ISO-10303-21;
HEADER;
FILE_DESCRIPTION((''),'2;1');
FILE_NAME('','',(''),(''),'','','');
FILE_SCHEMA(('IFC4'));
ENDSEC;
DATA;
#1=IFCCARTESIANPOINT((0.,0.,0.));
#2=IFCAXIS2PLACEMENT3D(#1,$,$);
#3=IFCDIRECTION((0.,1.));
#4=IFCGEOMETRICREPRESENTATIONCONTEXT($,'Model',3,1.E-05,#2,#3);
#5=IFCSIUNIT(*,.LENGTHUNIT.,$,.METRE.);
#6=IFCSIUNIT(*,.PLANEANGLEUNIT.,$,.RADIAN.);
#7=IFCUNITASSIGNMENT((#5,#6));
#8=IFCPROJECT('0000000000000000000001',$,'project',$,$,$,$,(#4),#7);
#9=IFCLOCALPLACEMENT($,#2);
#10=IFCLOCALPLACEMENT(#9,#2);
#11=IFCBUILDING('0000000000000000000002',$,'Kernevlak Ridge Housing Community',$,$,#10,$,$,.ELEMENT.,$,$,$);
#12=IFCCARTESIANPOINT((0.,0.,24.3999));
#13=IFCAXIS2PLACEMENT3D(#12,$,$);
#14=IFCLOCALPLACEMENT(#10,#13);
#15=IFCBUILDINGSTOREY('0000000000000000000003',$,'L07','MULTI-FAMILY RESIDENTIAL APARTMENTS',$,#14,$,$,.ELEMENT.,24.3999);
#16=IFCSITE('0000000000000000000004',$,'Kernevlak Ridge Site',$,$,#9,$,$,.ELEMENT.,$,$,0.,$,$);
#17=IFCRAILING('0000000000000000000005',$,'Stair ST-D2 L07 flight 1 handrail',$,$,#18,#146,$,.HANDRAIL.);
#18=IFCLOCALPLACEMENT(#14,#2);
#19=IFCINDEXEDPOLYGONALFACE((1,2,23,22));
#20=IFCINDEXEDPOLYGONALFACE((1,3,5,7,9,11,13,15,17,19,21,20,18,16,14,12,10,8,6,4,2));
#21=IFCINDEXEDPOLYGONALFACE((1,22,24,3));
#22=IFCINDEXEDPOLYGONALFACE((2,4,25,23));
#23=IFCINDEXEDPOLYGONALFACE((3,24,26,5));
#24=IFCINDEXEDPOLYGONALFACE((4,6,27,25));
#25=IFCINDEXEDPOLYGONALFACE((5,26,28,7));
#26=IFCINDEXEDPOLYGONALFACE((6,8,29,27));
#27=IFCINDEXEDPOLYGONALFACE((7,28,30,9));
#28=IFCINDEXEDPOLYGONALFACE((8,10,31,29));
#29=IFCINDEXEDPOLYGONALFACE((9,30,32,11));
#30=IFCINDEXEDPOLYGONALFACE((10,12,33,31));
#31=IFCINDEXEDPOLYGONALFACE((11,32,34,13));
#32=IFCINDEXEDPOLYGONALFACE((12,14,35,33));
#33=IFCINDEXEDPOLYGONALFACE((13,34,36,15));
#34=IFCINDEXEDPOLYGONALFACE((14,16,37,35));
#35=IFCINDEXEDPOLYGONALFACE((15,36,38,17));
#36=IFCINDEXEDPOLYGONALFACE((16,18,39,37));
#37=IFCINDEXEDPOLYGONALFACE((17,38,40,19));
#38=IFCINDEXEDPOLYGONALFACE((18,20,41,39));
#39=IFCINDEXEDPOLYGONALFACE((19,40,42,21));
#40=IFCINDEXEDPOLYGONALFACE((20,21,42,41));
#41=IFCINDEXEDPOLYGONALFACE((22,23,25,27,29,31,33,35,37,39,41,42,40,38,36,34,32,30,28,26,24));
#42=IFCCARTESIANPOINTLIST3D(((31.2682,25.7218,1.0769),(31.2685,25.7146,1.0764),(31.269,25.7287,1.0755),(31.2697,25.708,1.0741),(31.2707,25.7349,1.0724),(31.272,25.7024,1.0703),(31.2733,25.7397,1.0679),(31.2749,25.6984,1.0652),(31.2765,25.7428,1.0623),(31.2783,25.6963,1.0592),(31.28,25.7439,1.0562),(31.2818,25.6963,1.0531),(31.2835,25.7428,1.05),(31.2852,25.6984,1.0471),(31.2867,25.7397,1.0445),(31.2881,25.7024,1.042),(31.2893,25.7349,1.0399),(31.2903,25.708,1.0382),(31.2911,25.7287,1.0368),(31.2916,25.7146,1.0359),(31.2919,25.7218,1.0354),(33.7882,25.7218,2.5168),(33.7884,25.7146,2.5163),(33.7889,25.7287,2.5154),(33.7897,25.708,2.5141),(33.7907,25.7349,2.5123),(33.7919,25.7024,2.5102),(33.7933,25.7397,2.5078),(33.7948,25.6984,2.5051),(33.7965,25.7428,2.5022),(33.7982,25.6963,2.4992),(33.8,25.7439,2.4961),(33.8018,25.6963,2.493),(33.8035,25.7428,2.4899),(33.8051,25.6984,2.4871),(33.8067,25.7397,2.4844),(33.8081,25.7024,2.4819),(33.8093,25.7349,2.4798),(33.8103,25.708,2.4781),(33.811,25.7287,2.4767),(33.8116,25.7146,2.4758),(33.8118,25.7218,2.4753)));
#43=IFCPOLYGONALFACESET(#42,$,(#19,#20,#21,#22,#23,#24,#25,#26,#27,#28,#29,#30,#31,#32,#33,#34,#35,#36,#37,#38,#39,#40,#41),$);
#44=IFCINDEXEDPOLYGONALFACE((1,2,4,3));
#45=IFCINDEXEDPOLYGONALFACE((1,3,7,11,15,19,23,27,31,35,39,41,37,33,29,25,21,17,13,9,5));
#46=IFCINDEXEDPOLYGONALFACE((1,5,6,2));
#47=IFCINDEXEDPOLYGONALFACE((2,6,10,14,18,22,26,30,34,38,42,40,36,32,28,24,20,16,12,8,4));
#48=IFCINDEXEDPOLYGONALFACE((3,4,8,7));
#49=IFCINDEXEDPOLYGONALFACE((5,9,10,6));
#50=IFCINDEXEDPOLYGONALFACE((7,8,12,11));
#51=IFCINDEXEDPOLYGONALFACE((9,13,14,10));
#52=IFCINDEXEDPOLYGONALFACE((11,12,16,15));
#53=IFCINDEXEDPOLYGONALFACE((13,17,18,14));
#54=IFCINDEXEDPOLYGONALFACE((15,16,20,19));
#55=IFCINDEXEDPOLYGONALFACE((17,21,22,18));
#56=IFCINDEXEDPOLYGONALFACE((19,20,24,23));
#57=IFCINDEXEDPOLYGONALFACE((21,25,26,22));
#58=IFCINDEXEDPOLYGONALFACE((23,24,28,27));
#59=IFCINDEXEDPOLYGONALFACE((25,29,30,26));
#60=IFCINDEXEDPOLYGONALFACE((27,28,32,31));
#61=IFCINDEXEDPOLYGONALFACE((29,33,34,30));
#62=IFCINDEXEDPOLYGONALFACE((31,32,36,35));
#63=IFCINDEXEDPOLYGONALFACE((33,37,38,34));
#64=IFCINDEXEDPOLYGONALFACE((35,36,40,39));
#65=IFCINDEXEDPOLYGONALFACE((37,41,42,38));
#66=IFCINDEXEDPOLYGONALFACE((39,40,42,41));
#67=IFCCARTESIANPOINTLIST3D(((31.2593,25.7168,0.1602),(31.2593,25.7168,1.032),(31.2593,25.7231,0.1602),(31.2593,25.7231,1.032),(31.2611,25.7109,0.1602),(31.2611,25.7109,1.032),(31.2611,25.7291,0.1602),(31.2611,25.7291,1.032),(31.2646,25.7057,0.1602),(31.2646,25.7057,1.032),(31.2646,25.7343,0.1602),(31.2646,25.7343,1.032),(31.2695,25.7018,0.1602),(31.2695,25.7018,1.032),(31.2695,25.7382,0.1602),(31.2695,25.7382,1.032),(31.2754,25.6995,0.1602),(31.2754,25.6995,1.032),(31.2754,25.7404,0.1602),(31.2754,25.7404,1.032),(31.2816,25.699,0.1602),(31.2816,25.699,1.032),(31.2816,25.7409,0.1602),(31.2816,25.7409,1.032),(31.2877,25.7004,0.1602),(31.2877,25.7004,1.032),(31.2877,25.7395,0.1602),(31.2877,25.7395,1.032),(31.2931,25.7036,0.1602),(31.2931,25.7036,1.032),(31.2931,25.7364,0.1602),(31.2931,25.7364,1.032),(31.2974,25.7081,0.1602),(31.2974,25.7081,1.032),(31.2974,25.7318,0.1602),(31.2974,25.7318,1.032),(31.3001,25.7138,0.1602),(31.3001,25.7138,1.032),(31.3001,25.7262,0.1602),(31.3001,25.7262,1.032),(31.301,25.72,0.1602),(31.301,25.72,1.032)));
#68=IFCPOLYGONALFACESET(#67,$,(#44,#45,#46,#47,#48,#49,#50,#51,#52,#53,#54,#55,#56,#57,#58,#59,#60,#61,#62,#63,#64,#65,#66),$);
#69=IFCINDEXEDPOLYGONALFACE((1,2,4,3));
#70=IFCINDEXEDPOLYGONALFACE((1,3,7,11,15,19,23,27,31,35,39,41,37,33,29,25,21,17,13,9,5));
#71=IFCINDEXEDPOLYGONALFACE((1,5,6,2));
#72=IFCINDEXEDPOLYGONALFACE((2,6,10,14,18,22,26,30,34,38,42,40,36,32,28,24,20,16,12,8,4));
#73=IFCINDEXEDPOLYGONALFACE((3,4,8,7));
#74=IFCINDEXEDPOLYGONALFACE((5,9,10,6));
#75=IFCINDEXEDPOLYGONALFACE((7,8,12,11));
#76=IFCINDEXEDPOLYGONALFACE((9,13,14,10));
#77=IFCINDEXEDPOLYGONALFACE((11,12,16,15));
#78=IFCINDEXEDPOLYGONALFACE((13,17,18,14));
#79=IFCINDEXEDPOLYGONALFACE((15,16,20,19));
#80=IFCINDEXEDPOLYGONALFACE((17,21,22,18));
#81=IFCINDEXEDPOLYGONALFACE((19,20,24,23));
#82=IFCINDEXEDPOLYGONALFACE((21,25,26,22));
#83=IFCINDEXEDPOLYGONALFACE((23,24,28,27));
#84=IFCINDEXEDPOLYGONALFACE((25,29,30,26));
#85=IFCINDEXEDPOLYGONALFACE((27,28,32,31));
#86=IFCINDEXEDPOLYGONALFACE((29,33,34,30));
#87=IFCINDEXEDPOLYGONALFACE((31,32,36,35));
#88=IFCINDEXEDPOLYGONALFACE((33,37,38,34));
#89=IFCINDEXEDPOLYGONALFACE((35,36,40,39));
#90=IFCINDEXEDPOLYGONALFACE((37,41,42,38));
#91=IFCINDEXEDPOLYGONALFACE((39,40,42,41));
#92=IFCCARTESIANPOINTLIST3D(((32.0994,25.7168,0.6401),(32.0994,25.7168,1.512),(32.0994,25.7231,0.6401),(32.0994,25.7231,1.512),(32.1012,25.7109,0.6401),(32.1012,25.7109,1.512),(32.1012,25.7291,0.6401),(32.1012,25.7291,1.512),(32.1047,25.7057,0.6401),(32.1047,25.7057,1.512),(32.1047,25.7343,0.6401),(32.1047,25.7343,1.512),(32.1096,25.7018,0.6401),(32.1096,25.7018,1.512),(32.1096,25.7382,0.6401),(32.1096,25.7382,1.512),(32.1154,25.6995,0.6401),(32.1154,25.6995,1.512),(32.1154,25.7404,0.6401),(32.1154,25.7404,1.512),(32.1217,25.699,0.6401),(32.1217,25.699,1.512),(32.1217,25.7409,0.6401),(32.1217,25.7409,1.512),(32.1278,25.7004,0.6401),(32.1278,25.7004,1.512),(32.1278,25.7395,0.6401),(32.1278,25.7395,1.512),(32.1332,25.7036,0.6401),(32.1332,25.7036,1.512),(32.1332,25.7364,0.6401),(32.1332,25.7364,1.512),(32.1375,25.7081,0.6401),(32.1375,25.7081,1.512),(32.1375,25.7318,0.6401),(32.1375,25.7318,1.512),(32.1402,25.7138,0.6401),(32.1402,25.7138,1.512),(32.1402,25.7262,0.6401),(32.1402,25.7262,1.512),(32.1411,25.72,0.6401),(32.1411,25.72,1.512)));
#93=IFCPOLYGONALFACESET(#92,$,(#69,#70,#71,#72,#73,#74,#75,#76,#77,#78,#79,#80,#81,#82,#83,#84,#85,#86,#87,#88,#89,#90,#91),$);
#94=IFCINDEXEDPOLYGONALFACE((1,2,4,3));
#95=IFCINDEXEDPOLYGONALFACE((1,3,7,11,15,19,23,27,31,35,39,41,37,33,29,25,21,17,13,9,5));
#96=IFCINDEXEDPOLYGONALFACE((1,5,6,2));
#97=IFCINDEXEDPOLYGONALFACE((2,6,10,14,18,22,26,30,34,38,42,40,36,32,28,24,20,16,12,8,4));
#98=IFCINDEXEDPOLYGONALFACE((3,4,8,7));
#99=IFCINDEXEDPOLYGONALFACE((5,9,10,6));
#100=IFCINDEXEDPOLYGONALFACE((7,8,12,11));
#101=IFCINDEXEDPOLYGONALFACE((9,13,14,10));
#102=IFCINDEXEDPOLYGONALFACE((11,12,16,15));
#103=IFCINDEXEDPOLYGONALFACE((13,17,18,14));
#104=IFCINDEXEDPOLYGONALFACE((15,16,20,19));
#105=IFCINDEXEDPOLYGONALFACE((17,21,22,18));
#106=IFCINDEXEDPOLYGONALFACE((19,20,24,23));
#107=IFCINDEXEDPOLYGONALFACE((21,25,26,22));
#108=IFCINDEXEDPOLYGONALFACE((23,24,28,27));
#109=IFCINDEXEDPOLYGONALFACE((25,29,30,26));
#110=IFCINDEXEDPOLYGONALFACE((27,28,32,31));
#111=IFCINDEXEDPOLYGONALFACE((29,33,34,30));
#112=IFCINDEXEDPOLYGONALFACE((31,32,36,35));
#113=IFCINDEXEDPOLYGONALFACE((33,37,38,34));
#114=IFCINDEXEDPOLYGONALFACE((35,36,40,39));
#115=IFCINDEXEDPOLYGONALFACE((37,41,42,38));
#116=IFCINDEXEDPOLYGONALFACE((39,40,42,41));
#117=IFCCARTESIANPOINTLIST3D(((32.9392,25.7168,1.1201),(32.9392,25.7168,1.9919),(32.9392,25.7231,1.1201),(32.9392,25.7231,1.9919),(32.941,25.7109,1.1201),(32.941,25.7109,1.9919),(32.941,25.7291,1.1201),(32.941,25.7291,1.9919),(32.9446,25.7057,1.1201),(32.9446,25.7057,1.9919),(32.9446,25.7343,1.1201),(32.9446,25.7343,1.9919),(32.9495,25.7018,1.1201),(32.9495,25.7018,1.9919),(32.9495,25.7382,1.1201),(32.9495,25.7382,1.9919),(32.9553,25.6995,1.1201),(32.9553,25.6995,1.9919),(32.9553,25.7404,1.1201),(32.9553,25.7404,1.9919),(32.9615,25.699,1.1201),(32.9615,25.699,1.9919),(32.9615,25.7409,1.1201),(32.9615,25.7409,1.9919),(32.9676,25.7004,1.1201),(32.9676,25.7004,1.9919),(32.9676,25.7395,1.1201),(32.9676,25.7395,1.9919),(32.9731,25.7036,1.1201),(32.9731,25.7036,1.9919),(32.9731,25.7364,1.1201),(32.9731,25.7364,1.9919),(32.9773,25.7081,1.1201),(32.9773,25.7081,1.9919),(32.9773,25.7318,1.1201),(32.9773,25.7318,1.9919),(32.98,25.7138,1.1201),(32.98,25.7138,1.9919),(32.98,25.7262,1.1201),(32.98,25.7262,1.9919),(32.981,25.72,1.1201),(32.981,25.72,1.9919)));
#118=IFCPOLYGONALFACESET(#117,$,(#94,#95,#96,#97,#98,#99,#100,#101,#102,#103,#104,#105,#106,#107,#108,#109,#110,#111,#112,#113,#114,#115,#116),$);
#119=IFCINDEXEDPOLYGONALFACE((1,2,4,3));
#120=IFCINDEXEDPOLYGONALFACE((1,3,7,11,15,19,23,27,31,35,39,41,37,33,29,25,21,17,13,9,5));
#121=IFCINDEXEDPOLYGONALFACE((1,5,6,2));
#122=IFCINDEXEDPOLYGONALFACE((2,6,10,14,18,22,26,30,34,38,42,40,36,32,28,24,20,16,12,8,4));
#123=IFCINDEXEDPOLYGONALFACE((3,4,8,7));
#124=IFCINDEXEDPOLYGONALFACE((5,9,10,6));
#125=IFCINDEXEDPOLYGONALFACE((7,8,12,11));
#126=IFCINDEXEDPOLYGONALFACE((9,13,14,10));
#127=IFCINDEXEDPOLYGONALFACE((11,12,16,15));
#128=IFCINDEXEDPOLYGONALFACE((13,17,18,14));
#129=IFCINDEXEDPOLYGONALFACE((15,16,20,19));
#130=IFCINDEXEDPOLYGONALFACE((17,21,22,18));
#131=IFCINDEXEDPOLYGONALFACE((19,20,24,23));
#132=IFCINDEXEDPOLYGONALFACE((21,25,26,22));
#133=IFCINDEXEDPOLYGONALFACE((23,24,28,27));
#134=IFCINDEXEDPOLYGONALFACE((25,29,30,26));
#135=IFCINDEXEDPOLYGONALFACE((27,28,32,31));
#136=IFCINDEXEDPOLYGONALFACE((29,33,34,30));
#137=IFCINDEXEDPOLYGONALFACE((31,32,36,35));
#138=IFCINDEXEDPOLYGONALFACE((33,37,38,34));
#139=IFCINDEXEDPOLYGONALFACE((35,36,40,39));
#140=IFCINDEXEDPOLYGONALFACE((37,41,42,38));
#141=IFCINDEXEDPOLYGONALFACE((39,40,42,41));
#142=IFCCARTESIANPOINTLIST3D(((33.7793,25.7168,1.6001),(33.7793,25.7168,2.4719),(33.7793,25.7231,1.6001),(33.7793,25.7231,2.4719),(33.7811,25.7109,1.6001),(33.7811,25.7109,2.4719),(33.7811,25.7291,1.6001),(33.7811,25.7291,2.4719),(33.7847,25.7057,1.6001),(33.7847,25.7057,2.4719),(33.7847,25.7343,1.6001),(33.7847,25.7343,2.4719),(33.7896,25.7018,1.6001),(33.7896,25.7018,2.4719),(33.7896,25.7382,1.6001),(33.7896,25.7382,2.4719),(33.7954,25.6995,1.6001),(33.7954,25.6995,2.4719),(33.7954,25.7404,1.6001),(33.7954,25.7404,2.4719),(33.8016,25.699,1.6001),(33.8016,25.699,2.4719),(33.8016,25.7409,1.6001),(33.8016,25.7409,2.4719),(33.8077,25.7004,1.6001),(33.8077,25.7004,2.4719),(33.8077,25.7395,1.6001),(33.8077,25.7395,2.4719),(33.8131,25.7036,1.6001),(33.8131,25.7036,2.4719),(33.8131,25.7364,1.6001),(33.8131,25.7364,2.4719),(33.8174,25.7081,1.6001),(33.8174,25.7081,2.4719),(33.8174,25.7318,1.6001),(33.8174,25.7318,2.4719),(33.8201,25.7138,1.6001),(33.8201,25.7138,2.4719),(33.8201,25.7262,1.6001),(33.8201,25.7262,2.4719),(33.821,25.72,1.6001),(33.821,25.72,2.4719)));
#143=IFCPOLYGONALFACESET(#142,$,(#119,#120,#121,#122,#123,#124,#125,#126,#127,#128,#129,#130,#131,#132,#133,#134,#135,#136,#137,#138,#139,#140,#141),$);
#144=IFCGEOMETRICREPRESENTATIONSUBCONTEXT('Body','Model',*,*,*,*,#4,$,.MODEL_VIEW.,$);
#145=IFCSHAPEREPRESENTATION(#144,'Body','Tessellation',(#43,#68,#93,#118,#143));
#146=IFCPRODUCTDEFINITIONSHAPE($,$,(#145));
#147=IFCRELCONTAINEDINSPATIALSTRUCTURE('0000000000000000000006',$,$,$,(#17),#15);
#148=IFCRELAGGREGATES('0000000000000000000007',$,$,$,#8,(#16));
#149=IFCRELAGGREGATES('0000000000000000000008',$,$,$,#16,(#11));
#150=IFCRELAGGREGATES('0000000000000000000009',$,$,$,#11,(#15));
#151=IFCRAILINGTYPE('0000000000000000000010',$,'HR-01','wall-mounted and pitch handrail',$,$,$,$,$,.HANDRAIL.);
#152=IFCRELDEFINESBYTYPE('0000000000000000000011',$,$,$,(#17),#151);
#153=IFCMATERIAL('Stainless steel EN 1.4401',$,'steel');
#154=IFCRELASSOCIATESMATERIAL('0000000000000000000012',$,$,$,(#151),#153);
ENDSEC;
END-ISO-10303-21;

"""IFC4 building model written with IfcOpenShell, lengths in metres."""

from ifc_helpers import new_model, si_unit, direction, frame, origin, origin_2d, place, context, subcontext, project, spatial, circle, extrude, material, type_object, element, save


model = new_model("IFC4")

# Units and contexts
model_context = context("Model", 3, precision=1e-05, world=origin(), true_north=direction((0.0, 1.0)))
body_context = subcontext(model_context, "Body", "Model", "MODEL_VIEW")
ifc_project = project(units=[si_unit("LENGTHUNIT", "METRE"), si_unit("PLANEANGLEUNIT", "RADIAN")], contexts=[model_context])

# Site, building, storey
site_placement = place(None, origin())
site = spatial("IfcSite", under=ifc_project, at=site_placement, Name="Kernevlak Ridge Site", CompositionType="ELEMENT", RefElevation=0.0)
building_placement = place(site_placement, origin())
building = spatial("IfcBuilding", under=site, at=building_placement, Name="Kernevlak Ridge Housing Community", CompositionType="ELEMENT")
storey_placement = place(building_placement, frame((0.0, 0.0, 24.3999)))
storey = spatial("IfcBuildingStorey", under=building, at=storey_placement, Name="L07", Description="MULTI-FAMILY RESIDENTIAL APARTMENTS", CompositionType="ELEMENT", Elevation=24.3999)

# Railing
ifc_material_1 = material(Name="Stainless steel EN 1.4401", Category="steel")
railing_type_1 = type_object("IfcRailingType", Name="HR-01", Description="wall-mounted and pitch handrail", PredefinedType="HANDRAIL", material=ifc_material_1)
railing_1_placement = place(storey_placement, frame((31.28, 25.72, 0.1602)))
element("IfcRailing", 1, at=railing_1_placement, inside=storey, type_object=railing_type_1, Name="Stair ST-D2 L07 flight 1 handrail", PredefinedType="HANDRAIL", context=body_context, shape_type="SweptSolid", body=[
    extrude(circle(Radius=0.0239, at=origin_2d()), frame((0.0, 0.0, 0.896), z_axis=(0.868253, 0.0, 0.496121), x_axis=(0.0, 1.0, 0.0)), (0.0, 0.0, 1.0), 2.9023),
    extrude(circle(Radius=0.021, at=origin_2d()), origin(), (0.0, 0.0, 1.0), 0.8718),
    extrude(circle(Radius=0.021, at=origin_2d()), frame((0.8401, 0.0, 0.48)), (0.0, 0.0, 1.0), 0.8718),
    extrude(circle(Radius=0.021, at=origin_2d()), frame((1.6799, 0.0, 0.96)), (0.0, 0.0, 1.0), 0.8718),
    extrude(circle(Radius=0.021, at=origin_2d()), frame((2.52, 0.0, 1.4399)), (0.0, 0.0, 1.0), 0.8718),
])

save(model, "model.ifc")
